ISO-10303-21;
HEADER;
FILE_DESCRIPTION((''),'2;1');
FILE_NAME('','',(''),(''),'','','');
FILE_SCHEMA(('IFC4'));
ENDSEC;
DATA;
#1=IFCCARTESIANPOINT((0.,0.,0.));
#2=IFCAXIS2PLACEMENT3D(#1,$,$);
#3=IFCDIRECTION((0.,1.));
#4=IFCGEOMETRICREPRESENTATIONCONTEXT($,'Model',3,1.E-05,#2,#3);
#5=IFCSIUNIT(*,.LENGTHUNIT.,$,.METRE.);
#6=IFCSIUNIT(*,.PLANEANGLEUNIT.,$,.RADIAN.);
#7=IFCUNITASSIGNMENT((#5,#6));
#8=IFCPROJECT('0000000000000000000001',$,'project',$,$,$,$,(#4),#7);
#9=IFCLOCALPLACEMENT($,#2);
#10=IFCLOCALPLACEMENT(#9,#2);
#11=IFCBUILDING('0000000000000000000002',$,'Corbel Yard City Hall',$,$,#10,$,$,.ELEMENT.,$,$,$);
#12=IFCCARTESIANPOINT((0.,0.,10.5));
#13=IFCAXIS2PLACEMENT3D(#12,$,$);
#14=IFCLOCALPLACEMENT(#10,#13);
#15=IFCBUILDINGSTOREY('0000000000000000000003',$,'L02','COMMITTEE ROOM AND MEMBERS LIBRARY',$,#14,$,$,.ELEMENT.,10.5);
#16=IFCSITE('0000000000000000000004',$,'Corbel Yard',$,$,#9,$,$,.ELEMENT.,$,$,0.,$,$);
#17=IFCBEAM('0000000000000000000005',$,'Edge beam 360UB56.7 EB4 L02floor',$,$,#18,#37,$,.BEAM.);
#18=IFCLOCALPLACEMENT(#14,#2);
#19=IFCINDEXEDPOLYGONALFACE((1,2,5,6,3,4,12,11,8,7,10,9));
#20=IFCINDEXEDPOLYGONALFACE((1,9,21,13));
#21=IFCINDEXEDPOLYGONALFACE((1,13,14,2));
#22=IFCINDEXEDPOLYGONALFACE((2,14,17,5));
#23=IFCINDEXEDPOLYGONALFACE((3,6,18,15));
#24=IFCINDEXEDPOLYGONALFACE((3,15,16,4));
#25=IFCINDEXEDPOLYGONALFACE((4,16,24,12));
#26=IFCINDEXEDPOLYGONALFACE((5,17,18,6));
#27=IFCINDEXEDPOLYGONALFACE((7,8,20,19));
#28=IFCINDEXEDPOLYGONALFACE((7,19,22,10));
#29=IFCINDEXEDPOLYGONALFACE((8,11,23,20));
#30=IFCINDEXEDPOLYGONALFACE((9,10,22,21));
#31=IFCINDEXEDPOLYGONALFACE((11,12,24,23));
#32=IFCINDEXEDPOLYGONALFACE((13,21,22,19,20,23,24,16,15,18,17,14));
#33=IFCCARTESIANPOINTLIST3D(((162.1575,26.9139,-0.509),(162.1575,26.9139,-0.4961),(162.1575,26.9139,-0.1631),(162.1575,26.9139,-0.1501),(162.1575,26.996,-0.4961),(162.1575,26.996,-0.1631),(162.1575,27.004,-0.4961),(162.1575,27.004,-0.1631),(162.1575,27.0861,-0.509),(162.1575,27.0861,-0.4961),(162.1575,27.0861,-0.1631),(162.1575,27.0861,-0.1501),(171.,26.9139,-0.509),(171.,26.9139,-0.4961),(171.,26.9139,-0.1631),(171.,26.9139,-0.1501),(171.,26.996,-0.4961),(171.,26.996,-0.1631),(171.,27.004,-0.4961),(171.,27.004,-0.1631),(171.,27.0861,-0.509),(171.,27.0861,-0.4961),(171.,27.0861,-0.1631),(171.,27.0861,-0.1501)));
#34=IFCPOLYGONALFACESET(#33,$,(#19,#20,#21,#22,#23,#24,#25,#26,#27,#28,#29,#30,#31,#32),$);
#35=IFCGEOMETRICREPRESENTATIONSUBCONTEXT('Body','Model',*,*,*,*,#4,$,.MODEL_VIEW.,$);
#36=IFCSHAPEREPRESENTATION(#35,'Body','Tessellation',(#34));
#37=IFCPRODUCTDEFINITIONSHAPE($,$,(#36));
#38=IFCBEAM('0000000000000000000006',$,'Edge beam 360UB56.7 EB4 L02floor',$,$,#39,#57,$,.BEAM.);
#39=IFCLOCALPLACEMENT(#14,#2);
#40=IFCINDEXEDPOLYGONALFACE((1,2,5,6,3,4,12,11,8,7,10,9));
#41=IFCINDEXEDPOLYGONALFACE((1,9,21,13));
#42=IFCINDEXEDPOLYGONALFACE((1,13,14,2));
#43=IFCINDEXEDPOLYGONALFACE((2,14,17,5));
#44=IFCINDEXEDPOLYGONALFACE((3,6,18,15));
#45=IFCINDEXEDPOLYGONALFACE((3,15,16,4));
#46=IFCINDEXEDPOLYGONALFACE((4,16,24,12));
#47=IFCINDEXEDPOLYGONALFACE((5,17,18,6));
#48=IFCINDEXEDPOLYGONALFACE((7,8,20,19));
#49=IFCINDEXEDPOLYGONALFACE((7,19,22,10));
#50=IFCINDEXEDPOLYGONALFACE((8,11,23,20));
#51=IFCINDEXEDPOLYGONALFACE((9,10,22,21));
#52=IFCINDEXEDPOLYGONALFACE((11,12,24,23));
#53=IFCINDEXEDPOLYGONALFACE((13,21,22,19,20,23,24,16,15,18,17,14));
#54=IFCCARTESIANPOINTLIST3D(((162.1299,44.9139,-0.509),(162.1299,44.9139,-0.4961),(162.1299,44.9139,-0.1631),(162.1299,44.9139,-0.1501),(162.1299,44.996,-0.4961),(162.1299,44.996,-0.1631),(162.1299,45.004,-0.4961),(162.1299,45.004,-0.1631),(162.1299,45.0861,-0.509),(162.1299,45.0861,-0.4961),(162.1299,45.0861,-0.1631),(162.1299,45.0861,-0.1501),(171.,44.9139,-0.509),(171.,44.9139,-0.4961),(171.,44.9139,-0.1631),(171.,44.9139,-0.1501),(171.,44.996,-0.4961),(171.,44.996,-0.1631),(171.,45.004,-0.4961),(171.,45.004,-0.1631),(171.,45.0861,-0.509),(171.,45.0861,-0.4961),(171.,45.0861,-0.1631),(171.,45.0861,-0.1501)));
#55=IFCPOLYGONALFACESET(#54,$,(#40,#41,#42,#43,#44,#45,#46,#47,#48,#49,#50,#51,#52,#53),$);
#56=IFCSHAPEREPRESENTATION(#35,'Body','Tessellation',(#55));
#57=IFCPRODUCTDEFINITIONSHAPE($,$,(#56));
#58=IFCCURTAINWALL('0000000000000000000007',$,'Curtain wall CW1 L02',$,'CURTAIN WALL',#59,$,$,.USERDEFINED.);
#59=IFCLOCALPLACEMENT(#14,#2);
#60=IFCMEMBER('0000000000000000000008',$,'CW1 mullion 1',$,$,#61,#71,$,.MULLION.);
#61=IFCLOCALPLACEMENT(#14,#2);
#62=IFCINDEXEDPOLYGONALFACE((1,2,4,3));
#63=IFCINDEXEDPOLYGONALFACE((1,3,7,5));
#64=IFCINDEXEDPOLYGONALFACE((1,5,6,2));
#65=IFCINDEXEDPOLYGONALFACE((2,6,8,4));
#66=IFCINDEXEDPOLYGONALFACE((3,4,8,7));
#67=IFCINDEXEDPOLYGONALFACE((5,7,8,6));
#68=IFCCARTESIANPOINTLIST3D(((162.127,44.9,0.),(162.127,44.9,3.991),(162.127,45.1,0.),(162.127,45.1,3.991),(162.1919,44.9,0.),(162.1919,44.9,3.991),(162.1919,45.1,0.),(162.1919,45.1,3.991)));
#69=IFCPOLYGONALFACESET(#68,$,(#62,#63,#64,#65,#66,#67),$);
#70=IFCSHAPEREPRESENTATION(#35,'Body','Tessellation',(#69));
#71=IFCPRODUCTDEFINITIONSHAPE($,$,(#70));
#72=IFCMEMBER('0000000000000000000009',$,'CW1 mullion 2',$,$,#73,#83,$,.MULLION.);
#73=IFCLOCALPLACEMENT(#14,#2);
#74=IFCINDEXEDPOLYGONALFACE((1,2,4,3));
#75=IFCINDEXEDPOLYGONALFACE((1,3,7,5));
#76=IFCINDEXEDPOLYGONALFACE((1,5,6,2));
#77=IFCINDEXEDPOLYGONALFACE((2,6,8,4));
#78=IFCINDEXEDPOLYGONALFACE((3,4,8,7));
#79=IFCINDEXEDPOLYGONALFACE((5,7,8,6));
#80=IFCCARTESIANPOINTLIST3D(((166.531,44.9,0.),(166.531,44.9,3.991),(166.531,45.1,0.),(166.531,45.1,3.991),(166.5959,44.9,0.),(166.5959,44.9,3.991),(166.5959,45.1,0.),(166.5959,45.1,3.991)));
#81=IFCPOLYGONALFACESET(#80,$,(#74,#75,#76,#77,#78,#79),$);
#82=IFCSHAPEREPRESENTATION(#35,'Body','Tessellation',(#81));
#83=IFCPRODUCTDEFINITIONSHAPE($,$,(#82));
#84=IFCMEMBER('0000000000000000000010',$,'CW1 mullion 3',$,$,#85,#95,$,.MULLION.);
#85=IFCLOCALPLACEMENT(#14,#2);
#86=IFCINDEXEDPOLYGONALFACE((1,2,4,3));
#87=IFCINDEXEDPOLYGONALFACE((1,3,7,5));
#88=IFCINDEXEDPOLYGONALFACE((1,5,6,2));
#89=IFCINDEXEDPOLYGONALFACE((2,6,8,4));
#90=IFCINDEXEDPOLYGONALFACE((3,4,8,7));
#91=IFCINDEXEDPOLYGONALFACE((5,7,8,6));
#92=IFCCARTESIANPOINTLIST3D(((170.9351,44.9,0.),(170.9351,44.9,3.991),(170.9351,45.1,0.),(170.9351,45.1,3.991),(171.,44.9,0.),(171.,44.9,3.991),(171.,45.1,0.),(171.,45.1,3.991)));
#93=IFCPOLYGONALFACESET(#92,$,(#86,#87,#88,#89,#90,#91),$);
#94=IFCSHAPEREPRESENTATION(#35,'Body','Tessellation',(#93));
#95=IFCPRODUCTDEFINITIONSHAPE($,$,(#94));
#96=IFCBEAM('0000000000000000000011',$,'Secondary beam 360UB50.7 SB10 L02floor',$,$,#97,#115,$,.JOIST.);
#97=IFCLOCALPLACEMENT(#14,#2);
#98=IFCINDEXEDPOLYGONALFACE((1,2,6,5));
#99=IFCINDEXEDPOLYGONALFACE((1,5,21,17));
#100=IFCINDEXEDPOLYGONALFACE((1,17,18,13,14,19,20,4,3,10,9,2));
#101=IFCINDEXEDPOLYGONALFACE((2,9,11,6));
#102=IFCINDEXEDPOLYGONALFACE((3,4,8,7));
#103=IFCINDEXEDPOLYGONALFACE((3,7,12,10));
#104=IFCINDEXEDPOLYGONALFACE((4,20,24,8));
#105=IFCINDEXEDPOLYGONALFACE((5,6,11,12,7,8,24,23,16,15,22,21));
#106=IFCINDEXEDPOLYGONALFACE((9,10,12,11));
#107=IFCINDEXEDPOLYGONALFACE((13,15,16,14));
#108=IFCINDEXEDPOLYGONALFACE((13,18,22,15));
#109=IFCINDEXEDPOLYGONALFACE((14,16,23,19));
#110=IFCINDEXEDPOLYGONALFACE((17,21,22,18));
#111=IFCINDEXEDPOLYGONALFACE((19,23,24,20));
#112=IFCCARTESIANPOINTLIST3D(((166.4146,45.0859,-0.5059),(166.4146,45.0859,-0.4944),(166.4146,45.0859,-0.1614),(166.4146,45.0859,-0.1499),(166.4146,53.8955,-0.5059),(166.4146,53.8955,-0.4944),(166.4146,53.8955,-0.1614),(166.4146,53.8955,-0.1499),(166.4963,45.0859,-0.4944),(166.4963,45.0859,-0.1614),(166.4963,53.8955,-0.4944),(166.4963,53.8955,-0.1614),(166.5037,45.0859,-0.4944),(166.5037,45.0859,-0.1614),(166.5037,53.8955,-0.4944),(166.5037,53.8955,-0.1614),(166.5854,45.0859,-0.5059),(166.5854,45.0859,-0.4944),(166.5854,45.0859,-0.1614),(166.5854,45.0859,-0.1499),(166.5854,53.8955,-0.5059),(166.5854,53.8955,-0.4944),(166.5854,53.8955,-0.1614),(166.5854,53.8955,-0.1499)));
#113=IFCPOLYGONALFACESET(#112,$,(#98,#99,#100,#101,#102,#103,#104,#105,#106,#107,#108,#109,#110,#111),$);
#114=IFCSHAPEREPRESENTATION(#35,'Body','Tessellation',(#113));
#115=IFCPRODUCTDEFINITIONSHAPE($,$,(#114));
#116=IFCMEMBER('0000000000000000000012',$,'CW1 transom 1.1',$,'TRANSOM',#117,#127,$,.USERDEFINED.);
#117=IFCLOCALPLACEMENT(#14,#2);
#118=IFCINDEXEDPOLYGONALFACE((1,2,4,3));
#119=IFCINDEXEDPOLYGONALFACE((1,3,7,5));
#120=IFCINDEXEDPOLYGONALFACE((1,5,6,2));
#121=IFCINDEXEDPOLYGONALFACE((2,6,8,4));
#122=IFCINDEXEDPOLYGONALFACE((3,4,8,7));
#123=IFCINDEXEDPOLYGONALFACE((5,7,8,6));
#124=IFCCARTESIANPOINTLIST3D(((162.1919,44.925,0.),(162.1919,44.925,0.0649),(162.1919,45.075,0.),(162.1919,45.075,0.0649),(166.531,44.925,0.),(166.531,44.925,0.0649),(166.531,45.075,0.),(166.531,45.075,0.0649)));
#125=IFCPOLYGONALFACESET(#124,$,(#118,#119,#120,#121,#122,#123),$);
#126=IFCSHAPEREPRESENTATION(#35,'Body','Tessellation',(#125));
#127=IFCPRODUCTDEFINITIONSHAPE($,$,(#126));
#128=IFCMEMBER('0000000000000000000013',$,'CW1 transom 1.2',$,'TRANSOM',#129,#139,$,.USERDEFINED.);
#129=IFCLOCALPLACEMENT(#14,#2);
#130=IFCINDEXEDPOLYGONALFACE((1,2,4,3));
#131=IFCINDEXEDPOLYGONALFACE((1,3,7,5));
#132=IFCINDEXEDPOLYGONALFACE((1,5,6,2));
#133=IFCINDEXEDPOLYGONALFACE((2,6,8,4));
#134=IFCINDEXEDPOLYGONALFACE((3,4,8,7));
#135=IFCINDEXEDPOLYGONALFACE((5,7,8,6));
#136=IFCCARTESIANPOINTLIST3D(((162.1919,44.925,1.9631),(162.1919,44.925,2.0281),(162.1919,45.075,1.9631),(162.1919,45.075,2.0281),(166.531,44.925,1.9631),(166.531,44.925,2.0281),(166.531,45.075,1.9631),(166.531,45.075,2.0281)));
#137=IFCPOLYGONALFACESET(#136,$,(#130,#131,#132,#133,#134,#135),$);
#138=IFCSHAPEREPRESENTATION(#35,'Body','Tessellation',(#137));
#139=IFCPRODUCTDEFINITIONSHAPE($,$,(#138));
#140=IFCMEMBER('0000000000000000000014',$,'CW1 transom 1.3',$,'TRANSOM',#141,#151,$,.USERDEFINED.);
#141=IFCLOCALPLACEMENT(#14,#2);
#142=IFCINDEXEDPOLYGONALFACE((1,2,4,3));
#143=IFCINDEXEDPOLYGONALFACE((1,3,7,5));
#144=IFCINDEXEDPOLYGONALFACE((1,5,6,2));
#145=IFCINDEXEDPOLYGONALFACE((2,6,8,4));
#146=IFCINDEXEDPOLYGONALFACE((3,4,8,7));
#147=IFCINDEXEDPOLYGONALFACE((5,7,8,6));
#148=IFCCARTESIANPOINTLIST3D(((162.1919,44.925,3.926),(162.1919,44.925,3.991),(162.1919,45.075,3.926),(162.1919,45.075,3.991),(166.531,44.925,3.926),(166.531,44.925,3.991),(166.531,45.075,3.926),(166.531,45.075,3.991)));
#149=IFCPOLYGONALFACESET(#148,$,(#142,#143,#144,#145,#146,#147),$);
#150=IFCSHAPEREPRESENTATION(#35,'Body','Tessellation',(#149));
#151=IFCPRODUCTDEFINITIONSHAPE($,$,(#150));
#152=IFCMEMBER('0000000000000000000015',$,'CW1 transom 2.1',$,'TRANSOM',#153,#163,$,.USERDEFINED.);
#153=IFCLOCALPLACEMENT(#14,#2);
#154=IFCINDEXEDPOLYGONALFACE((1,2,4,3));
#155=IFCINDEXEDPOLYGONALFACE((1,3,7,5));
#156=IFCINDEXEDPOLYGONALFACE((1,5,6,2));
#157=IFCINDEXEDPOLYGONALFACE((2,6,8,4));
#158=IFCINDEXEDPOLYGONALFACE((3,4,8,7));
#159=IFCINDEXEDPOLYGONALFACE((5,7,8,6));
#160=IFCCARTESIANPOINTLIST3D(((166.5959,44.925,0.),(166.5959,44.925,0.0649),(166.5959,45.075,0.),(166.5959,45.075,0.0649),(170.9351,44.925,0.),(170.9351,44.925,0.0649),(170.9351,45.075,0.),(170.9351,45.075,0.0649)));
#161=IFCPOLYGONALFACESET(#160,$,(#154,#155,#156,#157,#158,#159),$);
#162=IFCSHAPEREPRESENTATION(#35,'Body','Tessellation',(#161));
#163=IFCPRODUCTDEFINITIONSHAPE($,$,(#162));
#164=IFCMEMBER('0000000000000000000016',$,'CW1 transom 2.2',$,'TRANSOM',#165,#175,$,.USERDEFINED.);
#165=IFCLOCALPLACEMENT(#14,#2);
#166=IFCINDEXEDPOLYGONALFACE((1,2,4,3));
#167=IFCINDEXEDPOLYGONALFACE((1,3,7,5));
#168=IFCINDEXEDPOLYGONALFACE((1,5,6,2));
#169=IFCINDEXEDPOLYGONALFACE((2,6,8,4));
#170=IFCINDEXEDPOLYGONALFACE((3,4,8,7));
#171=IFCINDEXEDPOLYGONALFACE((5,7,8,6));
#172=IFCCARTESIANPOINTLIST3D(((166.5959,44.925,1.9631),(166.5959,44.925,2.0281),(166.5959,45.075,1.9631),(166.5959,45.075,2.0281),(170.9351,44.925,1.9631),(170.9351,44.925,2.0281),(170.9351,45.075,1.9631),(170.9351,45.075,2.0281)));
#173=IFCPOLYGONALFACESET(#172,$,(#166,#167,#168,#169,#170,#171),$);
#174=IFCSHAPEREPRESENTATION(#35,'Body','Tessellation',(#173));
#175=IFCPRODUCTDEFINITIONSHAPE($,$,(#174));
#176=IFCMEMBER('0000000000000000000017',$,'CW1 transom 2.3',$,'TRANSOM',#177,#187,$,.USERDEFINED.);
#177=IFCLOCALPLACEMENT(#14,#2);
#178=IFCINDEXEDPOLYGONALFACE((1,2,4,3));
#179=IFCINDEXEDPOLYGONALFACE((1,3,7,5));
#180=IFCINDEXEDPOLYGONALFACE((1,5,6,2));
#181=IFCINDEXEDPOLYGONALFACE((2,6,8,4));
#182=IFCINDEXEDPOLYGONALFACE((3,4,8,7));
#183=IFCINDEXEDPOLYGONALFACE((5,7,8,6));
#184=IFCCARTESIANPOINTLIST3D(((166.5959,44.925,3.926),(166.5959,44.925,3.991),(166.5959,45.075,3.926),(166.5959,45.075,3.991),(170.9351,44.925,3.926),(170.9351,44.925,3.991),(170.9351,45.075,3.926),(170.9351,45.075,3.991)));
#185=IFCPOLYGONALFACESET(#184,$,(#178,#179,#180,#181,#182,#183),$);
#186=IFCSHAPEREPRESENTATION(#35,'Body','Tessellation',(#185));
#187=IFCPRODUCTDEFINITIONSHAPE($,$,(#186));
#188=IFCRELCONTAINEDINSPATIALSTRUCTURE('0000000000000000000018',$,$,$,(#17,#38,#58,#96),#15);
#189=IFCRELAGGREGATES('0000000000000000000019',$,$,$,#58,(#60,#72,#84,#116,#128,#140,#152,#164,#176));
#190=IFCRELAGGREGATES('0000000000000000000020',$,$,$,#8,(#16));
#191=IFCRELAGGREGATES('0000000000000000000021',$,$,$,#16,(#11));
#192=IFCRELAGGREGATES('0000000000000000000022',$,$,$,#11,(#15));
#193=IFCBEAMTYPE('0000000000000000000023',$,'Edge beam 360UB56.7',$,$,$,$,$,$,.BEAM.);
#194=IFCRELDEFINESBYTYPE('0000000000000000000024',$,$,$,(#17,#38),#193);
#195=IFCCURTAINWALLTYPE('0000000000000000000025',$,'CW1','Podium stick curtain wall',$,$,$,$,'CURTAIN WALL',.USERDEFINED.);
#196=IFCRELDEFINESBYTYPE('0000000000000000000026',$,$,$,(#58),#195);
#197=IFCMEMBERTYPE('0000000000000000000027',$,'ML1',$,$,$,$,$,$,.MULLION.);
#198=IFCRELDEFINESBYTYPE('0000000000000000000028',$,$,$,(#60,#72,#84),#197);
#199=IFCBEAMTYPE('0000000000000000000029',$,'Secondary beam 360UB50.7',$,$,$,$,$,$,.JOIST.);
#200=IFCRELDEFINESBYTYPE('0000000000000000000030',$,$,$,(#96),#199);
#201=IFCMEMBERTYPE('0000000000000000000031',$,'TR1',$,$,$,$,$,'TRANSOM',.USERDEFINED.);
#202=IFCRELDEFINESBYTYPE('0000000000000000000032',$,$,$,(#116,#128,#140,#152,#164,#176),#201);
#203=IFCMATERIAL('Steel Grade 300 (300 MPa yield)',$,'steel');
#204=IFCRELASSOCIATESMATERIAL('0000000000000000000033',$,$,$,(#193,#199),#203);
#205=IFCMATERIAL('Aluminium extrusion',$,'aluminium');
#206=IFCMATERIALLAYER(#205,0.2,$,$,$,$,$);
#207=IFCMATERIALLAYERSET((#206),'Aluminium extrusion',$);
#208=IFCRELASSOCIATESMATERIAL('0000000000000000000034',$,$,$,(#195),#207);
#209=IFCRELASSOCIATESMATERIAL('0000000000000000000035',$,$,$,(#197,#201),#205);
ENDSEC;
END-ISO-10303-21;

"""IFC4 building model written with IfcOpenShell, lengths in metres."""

from ifc_helpers import new_model, si_unit, direction, frame, origin, origin_2d, place, context, subcontext, project, spatial, rectangle, i_section, extrude, material, layer, layer_set, material_profile, profile_set, type_object, element, aggregate, save


model = new_model("IFC4")

# Units and contexts
model_context = context("Model", 3, precision=1e-05, world=origin(), true_north=direction((0.0, 1.0)))
body_context = subcontext(model_context, "Body", "Model", "MODEL_VIEW")
ifc_project = project(units=[si_unit("LENGTHUNIT", "METRE"), si_unit("PLANEANGLEUNIT", "RADIAN")], contexts=[model_context])

# Site, building, storey
site_placement = place(None, origin())
site = spatial("IfcSite", under=ifc_project, at=site_placement, Name="Corbel Yard", CompositionType="ELEMENT", RefElevation=0.0)
building_placement = place(site_placement, origin())
building = spatial("IfcBuilding", under=site, at=building_placement, Name="Corbel Yard City Hall", CompositionType="ELEMENT")
storey_placement = place(building_placement, frame((0.0, 0.0, 10.5)))
storey = spatial("IfcBuildingStorey", under=building, at=storey_placement, Name="L02", Description="COMMITTEE ROOM AND MEMBERS LIBRARY", CompositionType="ELEMENT", Elevation=10.5)

# Beams
ifc_material_1 = material(Name="Steel Grade 300 (300 MPa yield)", Category="steel")
ifc_material_profile_1 = material_profile(ifc_material_1, i_section(OverallWidth=0.1721, OverallDepth=0.3589, WebThickness=0.0081, FlangeThickness=0.0129, at=origin_2d()), Name="360UB56.7")
ifc_profile_set_1 = profile_set([ifc_material_profile_1], Name="Steel Grade 300 (300 MPa yield)")
beam_type_1 = type_object("IfcBeamType", Name="Edge beam 360UB56.7", PredefinedType="BEAM", material=ifc_profile_set_1)
beam_1_placement = place(storey_placement, frame((162.1575, 27.0, -0.3296), z_axis=(1.0, 0.0, 0.0), x_axis=(0.0, 1.0, 0.0)))
element("IfcBeam", 1, at=beam_1_placement, inside=storey, type_object=beam_type_1, Name="Edge beam 360UB56.7 EB4 L02floor", PredefinedType="BEAM", context=body_context, shape_type="SweptSolid", body=[
    extrude(i_section(OverallWidth=0.1721, OverallDepth=0.3589, WebThickness=0.0081, FlangeThickness=0.0129, at=origin_2d()), origin(), (0.0, 0.0, 1.0), 8.8425),
])
beam_2_placement = place(storey_placement, frame((162.1299, 45.0, -0.3296), z_axis=(1.0, 0.0, 0.0), x_axis=(0.0, 1.0, 0.0)))
element("IfcBeam", 2, at=beam_2_placement, inside=storey, type_object=beam_type_1, Name="Edge beam 360UB56.7 EB4 L02floor", PredefinedType="BEAM", context=body_context, shape_type="SweptSolid", body=[
    extrude(i_section(OverallWidth=0.1721, OverallDepth=0.3589, WebThickness=0.0081, FlangeThickness=0.0129, at=origin_2d()), origin(), (0.0, 0.0, 1.0), 8.8701),
])

# Curtain wall, members
ifc_material_2 = material(Name="Aluminium extrusion", Category="aluminium")
ifc_layer_1 = layer(ifc_material_2, 0.2)
ifc_layer_set_1 = layer_set([ifc_layer_1], Name="Aluminium extrusion")
curtain_wall_type = type_object("IfcCurtainWallType", Name="CW1", Description="Podium stick curtain wall", ElementType="CURTAIN WALL", PredefinedType="USERDEFINED", material=ifc_layer_set_1)
curtain_wall_placement = place(storey_placement, origin())
curtain_wall = element("IfcCurtainWall", 3, at=curtain_wall_placement, inside=storey, type_object=curtain_wall_type, Name="Curtain wall CW1 L02", ObjectType="CURTAIN WALL", PredefinedType="USERDEFINED")
ifc_material_profile_2 = material_profile(ifc_material_2, rectangle(XDim=0.2, YDim=0.0649, at=origin_2d()), Name="200x65")
ifc_profile_set_2 = profile_set([ifc_material_profile_2], Name="Aluminium extrusion")
member_type_1 = type_object("IfcMemberType", Name="ML1", PredefinedType="MULLION", material=ifc_profile_set_2)
member_1_placement = place(storey_placement, frame((162.1594, 45.0, 0.0), z_axis=(0.0, 0.0, 1.0), x_axis=(0.0, 1.0, 0.0)))
member_1 = element("IfcMember", 4, at=member_1_placement, type_object=member_type_1, Name="CW1 mullion 1", PredefinedType="MULLION", context=body_context, shape_type="SweptSolid", body=[
    extrude(rectangle(XDim=0.2, YDim=0.0649, at=origin_2d()), origin(), (0.0, 0.0, 1.0), 3.991),
])
member_2_placement = place(storey_placement, frame((166.5635, 45.0, 0.0), z_axis=(0.0, 0.0, 1.0), x_axis=(0.0, 1.0, 0.0)))
member_2 = element("IfcMember", 5, at=member_2_placement, type_object=member_type_1, Name="CW1 mullion 2", PredefinedType="MULLION", context=body_context, shape_type="SweptSolid", body=[
    extrude(rectangle(XDim=0.2, YDim=0.0649, at=origin_2d()), origin(), (0.0, 0.0, 1.0), 3.991),
])
member_3_placement = place(storey_placement, frame((170.9675, 45.0, 0.0), z_axis=(0.0, 0.0, 1.0), x_axis=(0.0, 1.0, 0.0)))
member_3 = element("IfcMember", 6, at=member_3_placement, type_object=member_type_1, Name="CW1 mullion 3", PredefinedType="MULLION", context=body_context, shape_type="SweptSolid", body=[
    extrude(rectangle(XDim=0.2, YDim=0.0649, at=origin_2d()), origin(), (0.0, 0.0, 1.0), 3.991),
])

# Beam
ifc_material_profile_3 = material_profile(ifc_material_1, i_section(OverallWidth=0.1709, OverallDepth=0.356, WebThickness=0.0073, FlangeThickness=0.0115, at=origin_2d()), Name="360UB50.7")
ifc_profile_set_3 = profile_set([ifc_material_profile_3], Name="Steel Grade 300 (300 MPa yield)")
beam_type_2 = type_object("IfcBeamType", Name="Secondary beam 360UB50.7", PredefinedType="JOIST", material=ifc_profile_set_3)
beam_3_placement = place(storey_placement, frame((166.5, 45.0859, -0.3279), z_axis=(0.0, 1.0, 0.0), x_axis=(-1.0, 0.0, 0.0)))
element("IfcBeam", 7, at=beam_3_placement, inside=storey, type_object=beam_type_2, Name="Secondary beam 360UB50.7 SB10 L02floor", PredefinedType="JOIST", context=body_context, shape_type="SweptSolid", body=[
    extrude(i_section(OverallWidth=0.1709, OverallDepth=0.356, WebThickness=0.0073, FlangeThickness=0.0115, at=origin_2d()), origin(), (0.0, 0.0, 1.0), 8.8096),
])

# Members
ifc_material_profile_4 = material_profile(ifc_material_2, rectangle(XDim=0.1499, YDim=0.0649, at=origin_2d()), Name="150x65")
ifc_profile_set_4 = profile_set([ifc_material_profile_4], Name="Aluminium extrusion")
member_type_2 = type_object("IfcMemberType", Name="TR1", ElementType="TRANSOM", PredefinedType="USERDEFINED", material=ifc_profile_set_4)
member_4_placement = place(storey_placement, frame((162.1919, 45.0, 0.0325), z_axis=(1.0, 0.0, 0.0), x_axis=(0.0, 1.0, 0.0)))
member_4 = element("IfcMember", 8, at=member_4_placement, type_object=member_type_2, Name="CW1 transom 1.1", ObjectType="TRANSOM", PredefinedType="USERDEFINED", context=body_context, shape_type="SweptSolid", body=[
    extrude(rectangle(XDim=0.1499, YDim=0.0649, at=origin_2d()), origin(), (0.0, 0.0, 1.0), 4.3391),
])
member_5_placement = place(storey_placement, frame((162.1919, 45.0, 1.9956), z_axis=(1.0, 0.0, 0.0), x_axis=(0.0, 1.0, 0.0)))
member_5 = element("IfcMember", 9, at=member_5_placement, type_object=member_type_2, Name="CW1 transom 1.2", ObjectType="TRANSOM", PredefinedType="USERDEFINED", context=body_context, shape_type="SweptSolid", body=[
    extrude(rectangle(XDim=0.1499, YDim=0.0649, at=origin_2d()), origin(), (0.0, 0.0, 1.0), 4.3391),
])
member_6_placement = place(storey_placement, frame((162.1919, 45.0, 3.9585), z_axis=(1.0, 0.0, 0.0), x_axis=(0.0, 1.0, 0.0)))
member_6 = element("IfcMember", 10, at=member_6_placement, type_object=member_type_2, Name="CW1 transom 1.3", ObjectType="TRANSOM", PredefinedType="USERDEFINED", context=body_context, shape_type="SweptSolid", body=[
    extrude(rectangle(XDim=0.1499, YDim=0.0649, at=origin_2d()), origin(), (0.0, 0.0, 1.0), 4.3391),
])
member_7_placement = place(storey_placement, frame((166.5959, 45.0, 0.0325), z_axis=(1.0, 0.0, 0.0), x_axis=(0.0, 1.0, 0.0)))
member_7 = element("IfcMember", 11, at=member_7_placement, type_object=member_type_2, Name="CW1 transom 2.1", ObjectType="TRANSOM", PredefinedType="USERDEFINED", context=body_context, shape_type="SweptSolid", body=[
    extrude(rectangle(XDim=0.1499, YDim=0.0649, at=origin_2d()), origin(), (0.0, 0.0, 1.0), 4.3391),
])
member_8_placement = place(storey_placement, frame((166.5959, 45.0, 1.9956), z_axis=(1.0, 0.0, 0.0), x_axis=(0.0, 1.0, 0.0)))
member_8 = element("IfcMember", 12, at=member_8_placement, type_object=member_type_2, Name="CW1 transom 2.2", ObjectType="TRANSOM", PredefinedType="USERDEFINED", context=body_context, shape_type="SweptSolid", body=[
    extrude(rectangle(XDim=0.1499, YDim=0.0649, at=origin_2d()), origin(), (0.0, 0.0, 1.0), 4.3391),
])
member_9_placement = place(storey_placement, frame((166.5959, 45.0, 3.9585), z_axis=(1.0, 0.0, 0.0), x_axis=(0.0, 1.0, 0.0)))
member_9 = element("IfcMember", 13, at=member_9_placement, type_object=member_type_2, Name="CW1 transom 2.3", ObjectType="TRANSOM", PredefinedType="USERDEFINED", context=body_context, shape_type="SweptSolid", body=[
    extrude(rectangle(XDim=0.1499, YDim=0.0649, at=origin_2d()), origin(), (0.0, 0.0, 1.0), 4.3391),
])

aggregate(curtain_wall, [member_1, member_2, member_3, member_4, member_5, member_6, member_7, member_8, member_9])

save(model, "model.ifc")
